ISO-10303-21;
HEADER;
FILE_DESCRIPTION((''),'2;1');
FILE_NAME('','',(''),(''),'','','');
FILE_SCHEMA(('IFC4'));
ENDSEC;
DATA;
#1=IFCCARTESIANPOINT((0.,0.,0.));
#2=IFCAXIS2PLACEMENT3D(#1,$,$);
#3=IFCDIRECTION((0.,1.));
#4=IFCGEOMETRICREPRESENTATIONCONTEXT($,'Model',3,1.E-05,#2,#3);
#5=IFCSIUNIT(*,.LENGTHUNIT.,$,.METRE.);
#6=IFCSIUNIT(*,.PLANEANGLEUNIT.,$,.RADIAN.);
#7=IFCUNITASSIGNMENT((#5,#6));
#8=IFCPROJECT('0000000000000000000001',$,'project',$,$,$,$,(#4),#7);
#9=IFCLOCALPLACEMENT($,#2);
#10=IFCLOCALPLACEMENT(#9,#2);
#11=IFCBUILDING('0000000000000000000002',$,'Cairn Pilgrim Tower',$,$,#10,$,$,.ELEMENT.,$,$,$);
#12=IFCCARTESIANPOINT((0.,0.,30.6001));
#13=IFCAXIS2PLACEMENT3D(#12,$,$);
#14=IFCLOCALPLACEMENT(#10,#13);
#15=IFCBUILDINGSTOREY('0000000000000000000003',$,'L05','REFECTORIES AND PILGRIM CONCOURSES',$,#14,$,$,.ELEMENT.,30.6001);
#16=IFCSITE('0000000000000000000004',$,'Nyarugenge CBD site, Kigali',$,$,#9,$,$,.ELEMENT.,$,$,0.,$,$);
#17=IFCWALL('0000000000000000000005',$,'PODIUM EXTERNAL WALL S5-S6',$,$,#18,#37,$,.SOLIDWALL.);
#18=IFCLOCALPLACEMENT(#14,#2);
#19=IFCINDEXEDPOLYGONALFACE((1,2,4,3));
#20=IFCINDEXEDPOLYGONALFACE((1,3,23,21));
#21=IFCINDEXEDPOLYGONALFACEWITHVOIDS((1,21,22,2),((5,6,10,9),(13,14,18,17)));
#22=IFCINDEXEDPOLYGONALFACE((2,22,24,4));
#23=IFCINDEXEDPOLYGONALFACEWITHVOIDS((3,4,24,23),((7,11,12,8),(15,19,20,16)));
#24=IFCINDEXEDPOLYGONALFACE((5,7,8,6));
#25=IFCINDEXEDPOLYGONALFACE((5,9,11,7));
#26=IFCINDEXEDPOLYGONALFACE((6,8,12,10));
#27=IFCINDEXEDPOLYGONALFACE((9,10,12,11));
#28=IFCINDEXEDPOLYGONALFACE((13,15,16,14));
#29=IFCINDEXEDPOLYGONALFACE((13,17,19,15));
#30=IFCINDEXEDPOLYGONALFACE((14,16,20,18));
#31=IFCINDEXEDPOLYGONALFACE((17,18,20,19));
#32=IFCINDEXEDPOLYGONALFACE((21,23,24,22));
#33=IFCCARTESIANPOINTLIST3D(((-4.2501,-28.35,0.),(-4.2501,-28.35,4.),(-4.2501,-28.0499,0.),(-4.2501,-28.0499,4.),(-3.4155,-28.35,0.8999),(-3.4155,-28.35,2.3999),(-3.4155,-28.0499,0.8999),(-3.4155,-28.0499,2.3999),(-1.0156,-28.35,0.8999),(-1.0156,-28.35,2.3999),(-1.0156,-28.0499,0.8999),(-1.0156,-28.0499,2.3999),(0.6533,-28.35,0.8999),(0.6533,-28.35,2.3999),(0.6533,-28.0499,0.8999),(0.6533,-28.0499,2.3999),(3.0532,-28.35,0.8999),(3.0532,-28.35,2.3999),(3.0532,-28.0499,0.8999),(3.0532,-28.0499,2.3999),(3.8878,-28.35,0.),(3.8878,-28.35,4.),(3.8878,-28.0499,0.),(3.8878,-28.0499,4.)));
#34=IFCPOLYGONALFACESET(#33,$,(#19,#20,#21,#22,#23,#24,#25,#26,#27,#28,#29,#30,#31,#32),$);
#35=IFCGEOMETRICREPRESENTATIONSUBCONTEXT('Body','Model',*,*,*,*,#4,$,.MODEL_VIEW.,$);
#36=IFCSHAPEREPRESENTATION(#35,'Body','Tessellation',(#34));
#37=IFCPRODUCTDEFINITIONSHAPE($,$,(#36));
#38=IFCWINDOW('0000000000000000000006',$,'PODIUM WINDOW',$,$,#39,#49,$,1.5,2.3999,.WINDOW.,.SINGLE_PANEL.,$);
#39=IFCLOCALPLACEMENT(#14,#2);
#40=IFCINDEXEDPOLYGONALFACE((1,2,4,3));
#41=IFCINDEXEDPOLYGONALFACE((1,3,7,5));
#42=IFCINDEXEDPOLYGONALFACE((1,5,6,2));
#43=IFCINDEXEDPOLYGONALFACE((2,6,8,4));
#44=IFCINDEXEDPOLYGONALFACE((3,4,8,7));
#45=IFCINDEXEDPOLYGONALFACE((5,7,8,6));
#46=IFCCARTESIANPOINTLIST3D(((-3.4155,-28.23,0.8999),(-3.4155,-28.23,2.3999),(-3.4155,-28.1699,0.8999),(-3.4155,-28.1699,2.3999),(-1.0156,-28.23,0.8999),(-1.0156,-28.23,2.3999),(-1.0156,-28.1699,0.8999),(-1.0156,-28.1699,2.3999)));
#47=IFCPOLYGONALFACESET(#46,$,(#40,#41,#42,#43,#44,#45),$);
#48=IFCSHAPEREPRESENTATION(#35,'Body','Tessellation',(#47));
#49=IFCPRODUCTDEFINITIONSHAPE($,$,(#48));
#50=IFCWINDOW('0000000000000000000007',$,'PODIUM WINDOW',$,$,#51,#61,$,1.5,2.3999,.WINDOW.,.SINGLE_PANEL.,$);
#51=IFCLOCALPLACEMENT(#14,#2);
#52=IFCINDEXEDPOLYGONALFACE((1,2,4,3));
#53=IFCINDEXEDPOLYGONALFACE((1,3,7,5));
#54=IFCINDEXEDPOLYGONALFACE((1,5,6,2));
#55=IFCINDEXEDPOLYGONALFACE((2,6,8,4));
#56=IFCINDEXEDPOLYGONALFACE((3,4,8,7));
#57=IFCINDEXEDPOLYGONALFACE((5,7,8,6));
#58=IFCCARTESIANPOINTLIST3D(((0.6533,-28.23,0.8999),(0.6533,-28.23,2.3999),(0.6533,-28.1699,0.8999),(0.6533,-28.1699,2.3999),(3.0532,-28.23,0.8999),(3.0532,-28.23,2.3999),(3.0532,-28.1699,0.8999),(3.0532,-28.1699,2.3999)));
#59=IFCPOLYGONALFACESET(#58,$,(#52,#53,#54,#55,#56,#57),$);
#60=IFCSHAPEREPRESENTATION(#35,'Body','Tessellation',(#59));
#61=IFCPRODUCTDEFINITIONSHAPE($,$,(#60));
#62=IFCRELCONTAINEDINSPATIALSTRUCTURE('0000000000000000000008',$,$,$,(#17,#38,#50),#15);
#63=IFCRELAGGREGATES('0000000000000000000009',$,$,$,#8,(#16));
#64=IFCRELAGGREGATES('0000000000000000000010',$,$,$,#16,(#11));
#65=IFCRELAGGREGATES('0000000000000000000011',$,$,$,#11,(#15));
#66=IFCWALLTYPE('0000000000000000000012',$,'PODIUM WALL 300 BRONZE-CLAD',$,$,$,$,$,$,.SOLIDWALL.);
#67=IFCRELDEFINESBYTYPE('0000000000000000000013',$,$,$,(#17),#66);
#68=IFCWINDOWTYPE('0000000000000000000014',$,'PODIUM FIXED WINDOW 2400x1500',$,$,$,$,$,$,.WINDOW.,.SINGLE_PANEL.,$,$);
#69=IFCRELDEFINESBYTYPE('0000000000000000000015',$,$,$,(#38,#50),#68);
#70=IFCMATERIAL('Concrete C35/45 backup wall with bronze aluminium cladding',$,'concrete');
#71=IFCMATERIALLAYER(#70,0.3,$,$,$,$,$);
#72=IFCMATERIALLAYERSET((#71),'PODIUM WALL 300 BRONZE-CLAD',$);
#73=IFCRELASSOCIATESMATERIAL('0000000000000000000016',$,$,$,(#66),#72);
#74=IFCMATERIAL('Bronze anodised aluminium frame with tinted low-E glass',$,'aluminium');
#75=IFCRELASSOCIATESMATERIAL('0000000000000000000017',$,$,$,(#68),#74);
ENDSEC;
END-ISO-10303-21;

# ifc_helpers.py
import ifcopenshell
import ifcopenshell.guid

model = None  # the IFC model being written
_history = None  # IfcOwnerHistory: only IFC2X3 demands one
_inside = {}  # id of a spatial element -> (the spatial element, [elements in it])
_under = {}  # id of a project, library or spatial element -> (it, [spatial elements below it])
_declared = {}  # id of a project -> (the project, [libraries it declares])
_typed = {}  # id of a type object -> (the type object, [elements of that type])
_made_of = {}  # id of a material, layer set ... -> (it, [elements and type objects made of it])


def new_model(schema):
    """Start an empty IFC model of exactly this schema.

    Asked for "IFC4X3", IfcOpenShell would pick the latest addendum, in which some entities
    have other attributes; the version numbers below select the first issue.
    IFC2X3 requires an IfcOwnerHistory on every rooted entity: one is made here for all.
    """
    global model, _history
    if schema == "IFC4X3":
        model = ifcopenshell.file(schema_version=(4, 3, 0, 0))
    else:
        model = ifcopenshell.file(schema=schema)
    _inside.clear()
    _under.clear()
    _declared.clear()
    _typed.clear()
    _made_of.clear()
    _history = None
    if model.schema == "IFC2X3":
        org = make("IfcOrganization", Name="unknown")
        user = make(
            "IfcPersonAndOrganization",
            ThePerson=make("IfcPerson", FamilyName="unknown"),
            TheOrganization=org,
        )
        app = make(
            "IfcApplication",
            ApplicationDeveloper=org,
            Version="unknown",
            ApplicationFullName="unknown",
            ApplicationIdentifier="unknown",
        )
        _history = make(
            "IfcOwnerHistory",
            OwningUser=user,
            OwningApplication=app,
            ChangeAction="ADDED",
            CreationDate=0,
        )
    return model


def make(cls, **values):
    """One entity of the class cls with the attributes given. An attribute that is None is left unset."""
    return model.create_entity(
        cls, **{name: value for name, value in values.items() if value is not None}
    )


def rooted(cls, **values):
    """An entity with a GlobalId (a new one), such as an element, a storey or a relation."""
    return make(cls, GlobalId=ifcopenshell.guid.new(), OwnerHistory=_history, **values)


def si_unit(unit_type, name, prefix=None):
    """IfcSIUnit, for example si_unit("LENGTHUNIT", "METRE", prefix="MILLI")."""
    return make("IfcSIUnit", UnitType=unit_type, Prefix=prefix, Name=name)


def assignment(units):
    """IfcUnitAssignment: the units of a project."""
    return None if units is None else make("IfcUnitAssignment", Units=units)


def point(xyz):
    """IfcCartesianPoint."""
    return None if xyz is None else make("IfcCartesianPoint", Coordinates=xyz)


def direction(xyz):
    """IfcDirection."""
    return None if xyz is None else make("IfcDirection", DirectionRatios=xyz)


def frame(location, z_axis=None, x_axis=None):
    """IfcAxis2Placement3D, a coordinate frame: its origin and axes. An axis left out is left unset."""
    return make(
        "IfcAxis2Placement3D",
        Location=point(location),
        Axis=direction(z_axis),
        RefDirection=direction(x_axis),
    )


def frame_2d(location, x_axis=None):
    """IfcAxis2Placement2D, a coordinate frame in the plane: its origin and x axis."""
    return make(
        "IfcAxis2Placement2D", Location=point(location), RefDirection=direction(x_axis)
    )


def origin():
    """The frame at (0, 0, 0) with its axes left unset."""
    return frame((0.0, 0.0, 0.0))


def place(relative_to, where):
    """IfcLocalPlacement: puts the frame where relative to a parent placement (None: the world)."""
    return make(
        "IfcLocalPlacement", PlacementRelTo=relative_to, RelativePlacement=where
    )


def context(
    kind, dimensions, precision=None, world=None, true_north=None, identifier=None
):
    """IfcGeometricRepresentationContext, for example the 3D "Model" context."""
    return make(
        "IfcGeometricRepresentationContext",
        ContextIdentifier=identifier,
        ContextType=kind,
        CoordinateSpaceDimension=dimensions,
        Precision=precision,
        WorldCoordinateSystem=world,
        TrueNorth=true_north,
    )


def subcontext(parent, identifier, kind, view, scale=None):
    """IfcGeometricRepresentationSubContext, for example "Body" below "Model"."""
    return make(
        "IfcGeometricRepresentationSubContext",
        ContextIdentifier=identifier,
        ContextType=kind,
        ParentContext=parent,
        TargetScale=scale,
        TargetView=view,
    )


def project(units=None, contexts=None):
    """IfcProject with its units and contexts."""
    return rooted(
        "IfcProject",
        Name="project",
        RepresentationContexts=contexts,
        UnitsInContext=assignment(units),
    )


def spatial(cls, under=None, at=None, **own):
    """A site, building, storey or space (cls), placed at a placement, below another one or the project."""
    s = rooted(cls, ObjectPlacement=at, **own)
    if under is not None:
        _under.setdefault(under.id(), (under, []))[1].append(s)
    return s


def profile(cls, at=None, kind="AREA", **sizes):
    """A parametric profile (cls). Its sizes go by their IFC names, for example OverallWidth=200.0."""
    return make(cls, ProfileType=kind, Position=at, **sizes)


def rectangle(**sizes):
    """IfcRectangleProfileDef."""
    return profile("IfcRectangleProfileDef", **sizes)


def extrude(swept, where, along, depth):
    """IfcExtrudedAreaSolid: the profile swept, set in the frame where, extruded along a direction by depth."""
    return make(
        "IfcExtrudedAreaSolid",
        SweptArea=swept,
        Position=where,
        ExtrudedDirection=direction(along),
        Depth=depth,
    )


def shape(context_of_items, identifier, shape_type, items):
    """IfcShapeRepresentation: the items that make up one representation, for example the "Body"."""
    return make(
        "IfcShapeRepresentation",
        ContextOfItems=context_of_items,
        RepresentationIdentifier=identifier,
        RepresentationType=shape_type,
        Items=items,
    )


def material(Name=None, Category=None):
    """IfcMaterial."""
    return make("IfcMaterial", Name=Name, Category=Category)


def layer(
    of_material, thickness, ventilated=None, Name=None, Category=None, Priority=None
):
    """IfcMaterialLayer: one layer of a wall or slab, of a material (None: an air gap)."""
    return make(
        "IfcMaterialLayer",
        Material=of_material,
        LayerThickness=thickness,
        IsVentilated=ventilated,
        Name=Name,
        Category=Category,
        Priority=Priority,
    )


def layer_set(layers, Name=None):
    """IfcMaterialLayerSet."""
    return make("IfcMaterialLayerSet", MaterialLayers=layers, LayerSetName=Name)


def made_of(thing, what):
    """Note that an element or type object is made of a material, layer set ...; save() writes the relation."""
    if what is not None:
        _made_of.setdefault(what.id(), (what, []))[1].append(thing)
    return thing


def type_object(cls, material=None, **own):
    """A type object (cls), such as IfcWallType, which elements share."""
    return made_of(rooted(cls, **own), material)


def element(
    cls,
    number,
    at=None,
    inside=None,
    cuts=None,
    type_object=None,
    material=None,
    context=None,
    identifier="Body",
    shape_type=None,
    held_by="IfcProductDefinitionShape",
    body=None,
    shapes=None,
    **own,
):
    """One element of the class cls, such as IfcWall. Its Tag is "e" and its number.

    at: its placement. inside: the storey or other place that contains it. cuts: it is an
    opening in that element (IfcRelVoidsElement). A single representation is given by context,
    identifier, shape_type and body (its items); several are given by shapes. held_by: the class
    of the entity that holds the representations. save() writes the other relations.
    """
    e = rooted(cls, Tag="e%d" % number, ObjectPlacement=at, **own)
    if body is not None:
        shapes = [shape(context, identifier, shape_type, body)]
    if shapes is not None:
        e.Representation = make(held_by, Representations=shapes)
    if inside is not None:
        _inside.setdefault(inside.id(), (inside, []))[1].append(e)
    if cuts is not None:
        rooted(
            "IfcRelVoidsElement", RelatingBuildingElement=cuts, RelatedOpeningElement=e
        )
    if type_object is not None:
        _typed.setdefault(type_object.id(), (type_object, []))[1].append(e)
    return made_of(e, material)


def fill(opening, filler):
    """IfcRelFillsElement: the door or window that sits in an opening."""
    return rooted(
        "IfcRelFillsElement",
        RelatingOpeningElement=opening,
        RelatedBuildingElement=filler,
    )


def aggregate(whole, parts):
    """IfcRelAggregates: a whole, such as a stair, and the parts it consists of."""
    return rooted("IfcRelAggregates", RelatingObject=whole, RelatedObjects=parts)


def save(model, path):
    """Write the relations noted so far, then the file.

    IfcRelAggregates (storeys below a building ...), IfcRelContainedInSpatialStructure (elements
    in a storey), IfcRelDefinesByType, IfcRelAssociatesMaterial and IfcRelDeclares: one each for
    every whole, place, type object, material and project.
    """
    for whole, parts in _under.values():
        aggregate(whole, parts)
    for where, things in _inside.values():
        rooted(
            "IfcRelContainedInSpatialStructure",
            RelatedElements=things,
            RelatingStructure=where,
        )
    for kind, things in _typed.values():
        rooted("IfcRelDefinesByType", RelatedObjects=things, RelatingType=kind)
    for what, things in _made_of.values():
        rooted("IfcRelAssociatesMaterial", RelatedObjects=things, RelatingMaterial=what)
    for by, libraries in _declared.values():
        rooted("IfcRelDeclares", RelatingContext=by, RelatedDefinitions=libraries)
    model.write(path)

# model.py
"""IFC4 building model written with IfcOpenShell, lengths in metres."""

from ifc_helpers import new_model, si_unit, direction, frame, frame_2d, origin, place, context, subcontext, project, spatial, rectangle, extrude, material, layer, layer_set, type_object, element, fill, save


model = new_model("IFC4")

# Units and contexts
model_context = context("Model", 3, precision=1e-05, world=origin(), true_north=direction((0.0, 1.0)))
body_context = subcontext(model_context, "Body", "Model", "MODEL_VIEW")
ifc_project = project(units=[si_unit("LENGTHUNIT", "METRE"), si_unit("PLANEANGLEUNIT", "RADIAN")], contexts=[model_context])

# Site, building, storey
site_placement = place(None, origin())
site = spatial("IfcSite", under=ifc_project, at=site_placement, Name="Nyarugenge CBD site, Kigali", CompositionType="ELEMENT", RefElevation=0.0)
building_placement = place(site_placement, origin())
building = spatial("IfcBuilding", under=site, at=building_placement, Name="Cairn Pilgrim Tower", CompositionType="ELEMENT")
storey_placement = place(building_placement, frame((0.0, 0.0, 30.6001)))
storey = spatial("IfcBuildingStorey", under=building, at=storey_placement, Name="L05", Description="REFECTORIES AND PILGRIM CONCOURSES", CompositionType="ELEMENT", Elevation=30.6001)

# Wall, openings, windows
ifc_material_1 = material(Name="Concrete C35/45 backup wall with bronze aluminium cladding", Category="concrete")
ifc_layer_1 = layer(ifc_material_1, 0.3)
ifc_layer_set_1 = layer_set([ifc_layer_1], Name="PODIUM WALL 300 BRONZE-CLAD")
wall_type_1 = type_object("IfcWallType", Name="PODIUM WALL 300 BRONZE-CLAD", PredefinedType="SOLIDWALL", material=ifc_layer_set_1)
wall_1_placement = place(storey_placement, frame((-4.25, -28.2, 0.0), z_axis=(0.0, 0.0, 1.0), x_axis=(1.0, 0.0, 0.0)))
wall_1 = element("IfcWall", 1, at=wall_1_placement, inside=storey, type_object=wall_type_1, Name="PODIUM EXTERNAL WALL S5-S6", PredefinedType="SOLIDWALL", context=body_context, shape_type="SweptSolid", body=[
    extrude(rectangle(XDim=8.1379, YDim=0.3, at=frame_2d((4.0688, 0.0))), origin(), (0.0, 0.0, 1.0), 4.0),
])
opening_1_placement = place(wall_1_placement, frame((0.8345, 0.0, 0.8999)))
opening_1 = element("IfcOpeningElement", 2, at=opening_1_placement, cuts=wall_1, PredefinedType="OPENING", context=body_context, shape_type="SweptSolid", body=[
    extrude(rectangle(XDim=2.3999, YDim=1.5, at=frame_2d((1.2, 0.75))), frame((0.0, 0.1602, 0.0), z_axis=(0.0, -1.0, 0.0), x_axis=(1.0, 0.0, 0.0)), (0.0, 0.0, 1.0), 0.3201),
])
opening_2_placement = place(wall_1_placement, frame((4.9033, 0.0, 0.8999)))
opening_2 = element("IfcOpeningElement", 3, at=opening_2_placement, cuts=wall_1, PredefinedType="OPENING", context=body_context, shape_type="SweptSolid", body=[
    extrude(rectangle(XDim=2.3999, YDim=1.5, at=frame_2d((1.2, 0.75))), frame((0.0, 0.1602, 0.0), z_axis=(0.0, -1.0, 0.0), x_axis=(1.0, 0.0, 0.0)), (0.0, 0.0, 1.0), 0.3201),
])
ifc_material_2 = material(Name="Bronze anodised aluminium frame with tinted low-E glass", Category="aluminium")
window_type = type_object("IfcWindowType", Name="PODIUM FIXED WINDOW 2400x1500", PartitioningType="SINGLE_PANEL", PredefinedType="WINDOW", material=ifc_material_2)
window_1_placement = place(opening_1_placement, origin())
window_1 = element("IfcWindow", 4, at=window_1_placement, inside=storey, type_object=window_type, Name="PODIUM WINDOW", OverallHeight=1.5, OverallWidth=2.3999, PartitioningType="SINGLE_PANEL", PredefinedType="WINDOW", context=body_context, shape_type="SweptSolid", body=[
    extrude(rectangle(XDim=2.3999, YDim=1.5, at=frame_2d((1.2, 0.75))), frame((0.0, 0.03, 0.0), z_axis=(0.0, -1.0, 0.0), x_axis=(1.0, 0.0, 0.0)), (0.0, 0.0, 1.0), 0.0601),
])
fill(opening_1, window_1)
window_2_placement = place(opening_2_placement, origin())
window_2 = element("IfcWindow", 5, at=window_2_placement, inside=storey, type_object=window_type, Name="PODIUM WINDOW", OverallHeight=1.5, OverallWidth=2.3999, PartitioningType="SINGLE_PANEL", PredefinedType="WINDOW", context=body_context, shape_type="SweptSolid", body=[
    extrude(rectangle(XDim=2.3999, YDim=1.5, at=frame_2d((1.2, 0.75))), frame((0.0, 0.03, 0.0), z_axis=(0.0, -1.0, 0.0), x_axis=(1.0, 0.0, 0.0)), (0.0, 0.0, 1.0), 0.0601),
])
fill(opening_2, window_2)

save(model, "model.ifc")
